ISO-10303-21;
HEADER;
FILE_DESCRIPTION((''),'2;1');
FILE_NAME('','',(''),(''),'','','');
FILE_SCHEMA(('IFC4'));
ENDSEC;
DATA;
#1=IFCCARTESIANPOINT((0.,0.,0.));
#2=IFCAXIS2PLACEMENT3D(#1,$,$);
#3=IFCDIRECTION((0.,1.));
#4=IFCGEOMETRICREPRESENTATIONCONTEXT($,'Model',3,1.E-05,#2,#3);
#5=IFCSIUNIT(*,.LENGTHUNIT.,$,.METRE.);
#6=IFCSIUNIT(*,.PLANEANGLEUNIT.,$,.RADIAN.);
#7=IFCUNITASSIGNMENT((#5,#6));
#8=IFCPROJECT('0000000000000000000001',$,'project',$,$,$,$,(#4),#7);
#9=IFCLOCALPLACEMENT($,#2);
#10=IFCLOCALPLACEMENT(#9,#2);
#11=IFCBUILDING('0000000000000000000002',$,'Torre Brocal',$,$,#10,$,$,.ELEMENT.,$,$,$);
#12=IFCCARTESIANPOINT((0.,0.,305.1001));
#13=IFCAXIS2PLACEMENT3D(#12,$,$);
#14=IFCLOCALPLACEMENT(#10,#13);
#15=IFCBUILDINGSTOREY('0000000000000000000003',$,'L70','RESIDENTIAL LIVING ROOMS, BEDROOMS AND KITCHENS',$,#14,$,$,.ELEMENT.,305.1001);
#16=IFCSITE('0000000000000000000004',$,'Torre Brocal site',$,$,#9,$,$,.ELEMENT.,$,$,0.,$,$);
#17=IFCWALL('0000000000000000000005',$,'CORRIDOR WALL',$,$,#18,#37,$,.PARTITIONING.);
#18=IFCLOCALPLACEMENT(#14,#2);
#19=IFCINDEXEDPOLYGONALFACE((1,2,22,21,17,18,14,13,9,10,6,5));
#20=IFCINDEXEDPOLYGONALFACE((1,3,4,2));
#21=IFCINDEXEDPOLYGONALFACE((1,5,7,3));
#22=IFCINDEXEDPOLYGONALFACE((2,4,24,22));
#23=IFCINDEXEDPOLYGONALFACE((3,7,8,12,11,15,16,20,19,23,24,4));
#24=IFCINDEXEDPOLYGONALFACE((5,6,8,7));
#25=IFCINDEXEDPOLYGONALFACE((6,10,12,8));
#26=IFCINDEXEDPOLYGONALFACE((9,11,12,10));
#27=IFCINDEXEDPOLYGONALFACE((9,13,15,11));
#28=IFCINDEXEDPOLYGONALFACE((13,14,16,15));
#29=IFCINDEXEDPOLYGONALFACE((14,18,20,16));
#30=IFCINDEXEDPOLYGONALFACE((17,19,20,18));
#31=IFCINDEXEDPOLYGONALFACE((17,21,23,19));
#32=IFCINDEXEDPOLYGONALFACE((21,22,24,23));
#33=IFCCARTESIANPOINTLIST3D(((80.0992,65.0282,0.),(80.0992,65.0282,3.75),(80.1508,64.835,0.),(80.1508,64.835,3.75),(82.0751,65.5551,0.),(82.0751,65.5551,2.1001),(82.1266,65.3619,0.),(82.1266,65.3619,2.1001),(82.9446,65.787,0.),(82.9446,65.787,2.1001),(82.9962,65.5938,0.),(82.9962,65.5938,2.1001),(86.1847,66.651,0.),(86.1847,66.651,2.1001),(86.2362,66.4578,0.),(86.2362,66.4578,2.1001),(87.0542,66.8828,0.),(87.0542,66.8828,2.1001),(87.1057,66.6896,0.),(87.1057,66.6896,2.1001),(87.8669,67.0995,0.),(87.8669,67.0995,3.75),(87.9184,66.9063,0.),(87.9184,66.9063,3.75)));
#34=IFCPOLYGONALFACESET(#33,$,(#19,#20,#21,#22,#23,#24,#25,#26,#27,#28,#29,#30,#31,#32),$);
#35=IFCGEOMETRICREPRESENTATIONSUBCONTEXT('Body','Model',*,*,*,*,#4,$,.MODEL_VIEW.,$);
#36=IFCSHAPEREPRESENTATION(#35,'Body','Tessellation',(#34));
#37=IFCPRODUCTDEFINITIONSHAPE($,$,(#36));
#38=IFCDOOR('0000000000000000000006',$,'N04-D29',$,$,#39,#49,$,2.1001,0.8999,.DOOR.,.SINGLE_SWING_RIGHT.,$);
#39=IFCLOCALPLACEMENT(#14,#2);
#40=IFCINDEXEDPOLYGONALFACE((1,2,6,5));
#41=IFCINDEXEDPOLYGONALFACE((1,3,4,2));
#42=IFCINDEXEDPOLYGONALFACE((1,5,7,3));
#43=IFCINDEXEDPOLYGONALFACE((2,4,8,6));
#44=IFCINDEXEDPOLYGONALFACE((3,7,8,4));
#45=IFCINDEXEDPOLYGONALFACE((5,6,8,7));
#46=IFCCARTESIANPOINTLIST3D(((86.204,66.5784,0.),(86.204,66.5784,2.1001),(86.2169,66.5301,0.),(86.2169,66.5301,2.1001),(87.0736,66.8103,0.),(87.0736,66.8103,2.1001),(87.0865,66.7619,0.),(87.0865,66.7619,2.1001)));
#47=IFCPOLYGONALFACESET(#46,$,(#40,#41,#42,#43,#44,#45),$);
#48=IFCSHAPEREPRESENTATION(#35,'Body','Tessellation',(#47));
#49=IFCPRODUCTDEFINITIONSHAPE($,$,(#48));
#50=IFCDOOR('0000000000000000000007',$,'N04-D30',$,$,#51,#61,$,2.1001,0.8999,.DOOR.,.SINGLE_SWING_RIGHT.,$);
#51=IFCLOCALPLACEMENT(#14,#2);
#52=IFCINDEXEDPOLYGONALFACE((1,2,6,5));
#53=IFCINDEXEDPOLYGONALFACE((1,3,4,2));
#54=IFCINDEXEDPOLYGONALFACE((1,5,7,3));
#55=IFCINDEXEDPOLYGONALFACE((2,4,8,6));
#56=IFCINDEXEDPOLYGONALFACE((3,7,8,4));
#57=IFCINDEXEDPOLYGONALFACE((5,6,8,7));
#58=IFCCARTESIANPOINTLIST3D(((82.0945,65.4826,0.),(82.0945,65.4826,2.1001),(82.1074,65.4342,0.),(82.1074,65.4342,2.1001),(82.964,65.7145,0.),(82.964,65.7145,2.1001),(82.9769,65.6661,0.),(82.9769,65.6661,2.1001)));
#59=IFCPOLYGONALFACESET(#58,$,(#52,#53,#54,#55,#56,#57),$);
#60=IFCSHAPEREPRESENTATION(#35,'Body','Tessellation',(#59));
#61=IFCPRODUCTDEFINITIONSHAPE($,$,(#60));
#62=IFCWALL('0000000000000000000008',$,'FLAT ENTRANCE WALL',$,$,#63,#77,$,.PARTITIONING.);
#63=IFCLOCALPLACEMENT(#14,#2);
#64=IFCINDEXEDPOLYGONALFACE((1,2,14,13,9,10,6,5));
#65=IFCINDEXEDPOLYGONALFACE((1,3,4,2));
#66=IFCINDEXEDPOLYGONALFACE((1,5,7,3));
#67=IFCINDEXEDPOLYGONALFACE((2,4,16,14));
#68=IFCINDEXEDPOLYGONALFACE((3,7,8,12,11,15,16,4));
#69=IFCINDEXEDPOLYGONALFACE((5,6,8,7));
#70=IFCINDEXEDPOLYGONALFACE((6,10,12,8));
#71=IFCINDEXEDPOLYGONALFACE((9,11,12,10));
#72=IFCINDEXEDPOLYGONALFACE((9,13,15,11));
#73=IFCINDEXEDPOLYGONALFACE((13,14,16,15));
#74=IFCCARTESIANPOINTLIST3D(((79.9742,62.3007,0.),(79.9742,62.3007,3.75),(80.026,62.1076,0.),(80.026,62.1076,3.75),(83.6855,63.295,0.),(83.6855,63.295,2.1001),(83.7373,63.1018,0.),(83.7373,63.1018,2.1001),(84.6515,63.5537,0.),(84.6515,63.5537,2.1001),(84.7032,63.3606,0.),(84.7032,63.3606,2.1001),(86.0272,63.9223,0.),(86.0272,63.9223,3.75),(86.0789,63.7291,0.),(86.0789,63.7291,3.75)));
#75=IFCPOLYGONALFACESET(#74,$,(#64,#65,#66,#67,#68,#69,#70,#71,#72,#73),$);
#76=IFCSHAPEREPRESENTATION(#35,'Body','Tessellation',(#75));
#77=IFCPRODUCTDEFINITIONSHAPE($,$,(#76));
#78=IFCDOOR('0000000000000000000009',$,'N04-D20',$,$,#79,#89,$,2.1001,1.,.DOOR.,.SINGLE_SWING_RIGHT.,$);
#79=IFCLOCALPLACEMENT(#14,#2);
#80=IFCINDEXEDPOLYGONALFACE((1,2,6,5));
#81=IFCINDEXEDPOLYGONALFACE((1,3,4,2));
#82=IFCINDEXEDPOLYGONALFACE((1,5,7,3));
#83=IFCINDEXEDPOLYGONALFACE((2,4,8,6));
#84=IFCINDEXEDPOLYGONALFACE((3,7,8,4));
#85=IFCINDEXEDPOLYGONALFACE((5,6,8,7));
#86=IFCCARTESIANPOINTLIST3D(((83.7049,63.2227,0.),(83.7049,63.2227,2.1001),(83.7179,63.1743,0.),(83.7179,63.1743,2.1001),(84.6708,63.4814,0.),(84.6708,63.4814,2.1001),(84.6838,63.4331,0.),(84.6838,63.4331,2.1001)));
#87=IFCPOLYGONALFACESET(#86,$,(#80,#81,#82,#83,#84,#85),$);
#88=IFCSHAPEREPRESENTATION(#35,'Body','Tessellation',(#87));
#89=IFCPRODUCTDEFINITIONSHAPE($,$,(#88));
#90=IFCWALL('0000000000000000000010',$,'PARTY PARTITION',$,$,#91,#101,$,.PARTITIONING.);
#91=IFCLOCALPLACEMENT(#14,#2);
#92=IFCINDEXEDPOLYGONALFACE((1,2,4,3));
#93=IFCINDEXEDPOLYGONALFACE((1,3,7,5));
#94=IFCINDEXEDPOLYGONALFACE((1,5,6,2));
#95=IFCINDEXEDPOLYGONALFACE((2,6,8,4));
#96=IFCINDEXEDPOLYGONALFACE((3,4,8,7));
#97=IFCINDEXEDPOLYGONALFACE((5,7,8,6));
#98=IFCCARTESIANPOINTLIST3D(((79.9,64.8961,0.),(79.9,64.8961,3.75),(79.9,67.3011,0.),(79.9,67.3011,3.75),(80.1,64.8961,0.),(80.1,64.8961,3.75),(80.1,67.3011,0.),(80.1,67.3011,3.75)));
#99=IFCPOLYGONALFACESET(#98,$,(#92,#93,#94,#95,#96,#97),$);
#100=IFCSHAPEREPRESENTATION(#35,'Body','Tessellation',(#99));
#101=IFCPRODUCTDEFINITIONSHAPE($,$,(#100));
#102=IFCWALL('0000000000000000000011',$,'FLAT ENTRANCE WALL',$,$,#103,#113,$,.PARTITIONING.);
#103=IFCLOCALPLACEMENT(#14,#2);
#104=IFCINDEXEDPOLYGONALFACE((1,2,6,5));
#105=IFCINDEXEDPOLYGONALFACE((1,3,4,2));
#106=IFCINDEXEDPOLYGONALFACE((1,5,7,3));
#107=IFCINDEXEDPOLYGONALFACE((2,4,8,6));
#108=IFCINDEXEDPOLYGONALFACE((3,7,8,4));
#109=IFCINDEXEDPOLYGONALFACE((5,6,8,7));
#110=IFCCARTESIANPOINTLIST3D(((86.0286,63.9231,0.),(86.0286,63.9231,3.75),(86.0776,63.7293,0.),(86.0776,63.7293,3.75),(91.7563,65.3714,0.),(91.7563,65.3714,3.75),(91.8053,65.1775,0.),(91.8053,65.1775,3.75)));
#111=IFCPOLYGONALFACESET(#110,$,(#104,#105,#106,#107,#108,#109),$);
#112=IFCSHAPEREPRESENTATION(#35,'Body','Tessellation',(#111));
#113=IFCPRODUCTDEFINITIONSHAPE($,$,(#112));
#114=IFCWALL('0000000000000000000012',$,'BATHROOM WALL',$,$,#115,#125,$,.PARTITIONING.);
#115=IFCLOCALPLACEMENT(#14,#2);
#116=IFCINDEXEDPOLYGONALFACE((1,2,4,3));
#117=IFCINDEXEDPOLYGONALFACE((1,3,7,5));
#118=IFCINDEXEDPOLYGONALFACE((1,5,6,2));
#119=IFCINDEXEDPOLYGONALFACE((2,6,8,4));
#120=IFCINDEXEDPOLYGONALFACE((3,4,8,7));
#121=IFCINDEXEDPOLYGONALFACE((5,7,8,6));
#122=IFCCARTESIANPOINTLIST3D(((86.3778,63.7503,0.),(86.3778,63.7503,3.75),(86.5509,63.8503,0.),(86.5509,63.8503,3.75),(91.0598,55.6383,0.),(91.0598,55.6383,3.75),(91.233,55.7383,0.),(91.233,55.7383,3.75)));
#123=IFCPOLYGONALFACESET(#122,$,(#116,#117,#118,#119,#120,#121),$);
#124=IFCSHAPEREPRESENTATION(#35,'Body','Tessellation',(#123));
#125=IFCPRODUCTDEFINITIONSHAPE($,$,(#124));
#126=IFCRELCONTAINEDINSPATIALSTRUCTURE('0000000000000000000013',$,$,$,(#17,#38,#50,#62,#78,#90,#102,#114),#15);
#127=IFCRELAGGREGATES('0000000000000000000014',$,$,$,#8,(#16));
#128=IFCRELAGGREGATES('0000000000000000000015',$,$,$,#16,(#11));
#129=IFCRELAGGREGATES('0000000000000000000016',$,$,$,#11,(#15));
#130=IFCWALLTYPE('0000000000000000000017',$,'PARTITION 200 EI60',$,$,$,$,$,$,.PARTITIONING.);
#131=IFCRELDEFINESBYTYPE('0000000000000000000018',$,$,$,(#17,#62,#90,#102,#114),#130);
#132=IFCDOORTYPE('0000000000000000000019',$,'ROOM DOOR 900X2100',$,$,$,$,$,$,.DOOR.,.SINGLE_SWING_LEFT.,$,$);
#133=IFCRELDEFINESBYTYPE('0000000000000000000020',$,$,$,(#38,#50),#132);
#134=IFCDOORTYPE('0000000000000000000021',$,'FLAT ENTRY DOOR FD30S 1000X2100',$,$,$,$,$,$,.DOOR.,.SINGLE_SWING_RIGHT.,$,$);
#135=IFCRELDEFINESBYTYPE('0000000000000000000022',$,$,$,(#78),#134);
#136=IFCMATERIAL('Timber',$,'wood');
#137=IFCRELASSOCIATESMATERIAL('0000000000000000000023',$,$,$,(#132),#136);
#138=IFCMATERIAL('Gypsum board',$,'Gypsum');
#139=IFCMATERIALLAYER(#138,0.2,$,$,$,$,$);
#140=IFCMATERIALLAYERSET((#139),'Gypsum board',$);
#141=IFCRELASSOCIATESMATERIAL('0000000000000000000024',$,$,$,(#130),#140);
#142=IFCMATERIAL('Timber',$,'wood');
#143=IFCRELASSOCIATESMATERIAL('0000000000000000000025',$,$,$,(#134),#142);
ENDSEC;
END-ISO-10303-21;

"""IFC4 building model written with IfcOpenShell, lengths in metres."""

from ifc_helpers import new_model, si_unit, direction, frame, frame_2d, origin, place, context, subcontext, project, spatial, rectangle, extrude, material, layer, layer_set, type_object, element, fill, save


model = new_model("IFC4")

# Units and contexts
model_context = context("Model", 3, precision=1e-05, world=origin(), true_north=direction((0.0, 1.0)))
body_context = subcontext(model_context, "Body", "Model", "MODEL_VIEW")
ifc_project = project(units=[si_unit("LENGTHUNIT", "METRE"), si_unit("PLANEANGLEUNIT", "RADIAN")], contexts=[model_context])

# Site, building, storey
site_placement = place(None, origin())
site = spatial("IfcSite", under=ifc_project, at=site_placement, Name="Torre Brocal site", CompositionType="ELEMENT", RefElevation=0.0)
building_placement = place(site_placement, origin())
building = spatial("IfcBuilding", under=site, at=building_placement, Name="Torre Brocal", CompositionType="ELEMENT")
storey_placement = place(building_placement, frame((0.0, 0.0, 305.1001)))
storey = spatial("IfcBuildingStorey", under=building, at=storey_placement, Name="L70", Description="RESIDENTIAL LIVING ROOMS, BEDROOMS AND KITCHENS", CompositionType="ELEMENT", Elevation=305.1001)

# Shared definitions
ifc_material_1 = material(Name="Timber", Category="wood")
door_type_1 = type_object("IfcDoorType", Name="ROOM DOOR 900X2100", OperationType="SINGLE_SWING_LEFT", PredefinedType="DOOR", material=ifc_material_1)

# Wall, openings, doors
ifc_material_2 = material(Name="Gypsum board", Category="Gypsum")
ifc_layer_1 = layer(ifc_material_2, 0.2)
ifc_layer_set_1 = layer_set([ifc_layer_1], Name="Gypsum board")
wall_type_1 = type_object("IfcWallType", Name="PARTITION 200 EI60", PredefinedType="PARTITIONING", material=ifc_layer_set_1)
wall_1_placement = place(storey_placement, frame((80.125, 64.9316, 0.0), z_axis=(0.0, 0.0, 1.0), x_axis=(0.966237, 0.257655, 0.0)))
wall_1 = element("IfcWall", 1, at=wall_1_placement, inside=storey, type_object=wall_type_1, Name="CORRIDOR WALL", PredefinedType="PARTITIONING", context=body_context, shape_type="SweptSolid", body=[
    extrude(rectangle(XDim=8.0391, YDim=0.2, at=frame_2d((4.0195, 0.0))), origin(), (0.0, 0.0, 1.0), 3.75),
])
opening_1_placement = place(wall_1_placement, frame((6.2981, 0.0, 0.0)))
opening_1 = element("IfcOpeningElement", 2, at=opening_1_placement, cuts=wall_1, PredefinedType="OPENING", context=body_context, shape_type="SweptSolid", body=[
    extrude(rectangle(XDim=0.8999, YDim=2.1001, at=frame_2d((0.45, 1.05))), frame((0.0, 0.1099, 0.0), z_axis=(0.0, -1.0, 0.0), x_axis=(1.0, 0.0, 0.0)), (0.0, 0.0, 1.0), 0.22),
])
opening_2_placement = place(wall_1_placement, frame((2.0449, 0.0, 0.0)))
opening_2 = element("IfcOpeningElement", 3, at=opening_2_placement, cuts=wall_1, PredefinedType="OPENING", context=body_context, shape_type="SweptSolid", body=[
    extrude(rectangle(XDim=0.8999, YDim=2.1001, at=frame_2d((0.45, 1.05))), frame((0.0, 0.1099, 0.0), z_axis=(0.0, -1.0, 0.0), x_axis=(1.0, 0.0, 0.0)), (0.0, 0.0, 1.0), 0.22),
])
door_1_placement = place(opening_1_placement, origin())
door_1 = element("IfcDoor", 4, at=door_1_placement, inside=storey, type_object=door_type_1, Name="N04-D29", OperationType="SINGLE_SWING_RIGHT", OverallHeight=2.1001, OverallWidth=0.8999, PredefinedType="DOOR", context=body_context, shape_type="SweptSolid", body=[
    extrude(rectangle(XDim=0.8999, YDim=2.1001, at=frame_2d((0.45, 1.05))), frame((0.0, 0.0249, 0.0), z_axis=(0.0, -1.0, 0.0), x_axis=(1.0, 0.0, 0.0)), (0.0, 0.0, 1.0), 0.05),
])
fill(opening_1, door_1)
door_2_placement = place(opening_2_placement, origin())
door_2 = element("IfcDoor", 5, at=door_2_placement, inside=storey, type_object=door_type_1, Name="N04-D30", OperationType="SINGLE_SWING_RIGHT", OverallHeight=2.1001, OverallWidth=0.8999, PredefinedType="DOOR", context=body_context, shape_type="SweptSolid", body=[
    extrude(rectangle(XDim=0.8999, YDim=2.1001, at=frame_2d((0.45, 1.05))), frame((0.0, 0.0249, 0.0), z_axis=(0.0, -1.0, 0.0), x_axis=(1.0, 0.0, 0.0)), (0.0, 0.0, 1.0), 0.05),
])
fill(opening_2, door_2)

# Wall, opening, door
wall_2_placement = place(storey_placement, frame((80.0, 62.2041, 0.0), z_axis=(0.0, 0.0, 1.0), x_axis=(0.965938, 0.258773, 0.0)))
wall_2 = element("IfcWall", 6, at=wall_2_placement, inside=storey, type_object=wall_type_1, Name="FLAT ENTRANCE WALL", PredefinedType="PARTITIONING", context=body_context, shape_type="SweptSolid", body=[
    extrude(rectangle(XDim=6.2664, YDim=0.2, at=frame_2d((3.1333, 0.0))), origin(), (0.0, 0.0, 1.0), 3.75),
])
opening_3_placement = place(wall_2_placement, frame((3.8423, 0.0, 0.0)))
opening_3 = element("IfcOpeningElement", 7, at=opening_3_placement, cuts=wall_2, PredefinedType="OPENING", context=body_context, shape_type="SweptSolid", body=[
    extrude(rectangle(XDim=1.0, YDim=2.1001, at=frame_2d((0.5, 1.05))), frame((0.0, 0.1099, 0.0), z_axis=(0.0, -1.0, 0.0), x_axis=(1.0, 0.0, 0.0)), (0.0, 0.0, 1.0), 0.22),
])
ifc_material_3 = material(Name="Timber", Category="wood")
door_type_2 = type_object("IfcDoorType", Name="FLAT ENTRY DOOR FD30S 1000X2100", OperationType="SINGLE_SWING_RIGHT", PredefinedType="DOOR", material=ifc_material_3)
door_3_placement = place(opening_3_placement, frame((1.0, 0.0, 0.0), z_axis=(0.0, 0.0, 1.0), x_axis=(-1.0, 0.0, 0.0)))
door_3 = element("IfcDoor", 8, at=door_3_placement, inside=storey, type_object=door_type_2, Name="N04-D20", OperationType="SINGLE_SWING_RIGHT", OverallHeight=2.1001, OverallWidth=1.0, PredefinedType="DOOR", context=body_context, shape_type="SweptSolid", body=[
    extrude(rectangle(XDim=1.0, YDim=2.1001, at=frame_2d((0.5, 1.05))), frame((0.0, 0.0249, 0.0), z_axis=(0.0, -1.0, 0.0), x_axis=(1.0, 0.0, 0.0)), (0.0, 0.0, 1.0), 0.05),
])
fill(opening_3, door_3)

# Walls
wall_3_placement = place(storey_placement, frame((80.0, 64.896, 0.0), z_axis=(0.0, 0.0, 1.0), x_axis=(0.0, 1.0, 0.0)))
element("IfcWall", 9, at=wall_3_placement, inside=storey, type_object=wall_type_1, Name="PARTY PARTITION", PredefinedType="PARTITIONING", context=body_context, shape_type="SweptSolid", body=[
    extrude(rectangle(XDim=2.405, YDim=0.2, at=frame_2d((1.2026, 0.0))), origin(), (0.0, 0.0, 1.0), 3.75),
])
wall_4_placement = place(storey_placement, frame((86.053, 63.8262, 0.0), z_axis=(0.0, 0.0, 1.0), x_axis=(0.96949, 0.245131, 0.0)))
element("IfcWall", 10, at=wall_4_placement, inside=storey, type_object=wall_type_1, Name="FLAT ENTRANCE WALL", PredefinedType="PARTITIONING", context=body_context, shape_type="SweptSolid", body=[
    extrude(rectangle(XDim=5.908, YDim=0.2, at=frame_2d((2.9541, 0.0))), origin(), (0.0, 0.0, 1.0), 3.75),
])
wall_5_placement = place(storey_placement, frame((86.4644, 63.8003, 0.0), z_axis=(0.0, 0.0, 1.0), x_axis=(0.49989, -0.866089, 0.0)))
element("IfcWall", 11, at=wall_5_placement, inside=storey, type_object=wall_type_1, Name="BATHROOM WALL", PredefinedType="PARTITIONING", context=body_context, shape_type="SweptSolid", body=[
    extrude(rectangle(XDim=9.3662, YDim=0.2, at=frame_2d((4.6831, 0.0))), origin(), (0.0, 0.0, 1.0), 3.75),
])

save(model, "model.ifc")
